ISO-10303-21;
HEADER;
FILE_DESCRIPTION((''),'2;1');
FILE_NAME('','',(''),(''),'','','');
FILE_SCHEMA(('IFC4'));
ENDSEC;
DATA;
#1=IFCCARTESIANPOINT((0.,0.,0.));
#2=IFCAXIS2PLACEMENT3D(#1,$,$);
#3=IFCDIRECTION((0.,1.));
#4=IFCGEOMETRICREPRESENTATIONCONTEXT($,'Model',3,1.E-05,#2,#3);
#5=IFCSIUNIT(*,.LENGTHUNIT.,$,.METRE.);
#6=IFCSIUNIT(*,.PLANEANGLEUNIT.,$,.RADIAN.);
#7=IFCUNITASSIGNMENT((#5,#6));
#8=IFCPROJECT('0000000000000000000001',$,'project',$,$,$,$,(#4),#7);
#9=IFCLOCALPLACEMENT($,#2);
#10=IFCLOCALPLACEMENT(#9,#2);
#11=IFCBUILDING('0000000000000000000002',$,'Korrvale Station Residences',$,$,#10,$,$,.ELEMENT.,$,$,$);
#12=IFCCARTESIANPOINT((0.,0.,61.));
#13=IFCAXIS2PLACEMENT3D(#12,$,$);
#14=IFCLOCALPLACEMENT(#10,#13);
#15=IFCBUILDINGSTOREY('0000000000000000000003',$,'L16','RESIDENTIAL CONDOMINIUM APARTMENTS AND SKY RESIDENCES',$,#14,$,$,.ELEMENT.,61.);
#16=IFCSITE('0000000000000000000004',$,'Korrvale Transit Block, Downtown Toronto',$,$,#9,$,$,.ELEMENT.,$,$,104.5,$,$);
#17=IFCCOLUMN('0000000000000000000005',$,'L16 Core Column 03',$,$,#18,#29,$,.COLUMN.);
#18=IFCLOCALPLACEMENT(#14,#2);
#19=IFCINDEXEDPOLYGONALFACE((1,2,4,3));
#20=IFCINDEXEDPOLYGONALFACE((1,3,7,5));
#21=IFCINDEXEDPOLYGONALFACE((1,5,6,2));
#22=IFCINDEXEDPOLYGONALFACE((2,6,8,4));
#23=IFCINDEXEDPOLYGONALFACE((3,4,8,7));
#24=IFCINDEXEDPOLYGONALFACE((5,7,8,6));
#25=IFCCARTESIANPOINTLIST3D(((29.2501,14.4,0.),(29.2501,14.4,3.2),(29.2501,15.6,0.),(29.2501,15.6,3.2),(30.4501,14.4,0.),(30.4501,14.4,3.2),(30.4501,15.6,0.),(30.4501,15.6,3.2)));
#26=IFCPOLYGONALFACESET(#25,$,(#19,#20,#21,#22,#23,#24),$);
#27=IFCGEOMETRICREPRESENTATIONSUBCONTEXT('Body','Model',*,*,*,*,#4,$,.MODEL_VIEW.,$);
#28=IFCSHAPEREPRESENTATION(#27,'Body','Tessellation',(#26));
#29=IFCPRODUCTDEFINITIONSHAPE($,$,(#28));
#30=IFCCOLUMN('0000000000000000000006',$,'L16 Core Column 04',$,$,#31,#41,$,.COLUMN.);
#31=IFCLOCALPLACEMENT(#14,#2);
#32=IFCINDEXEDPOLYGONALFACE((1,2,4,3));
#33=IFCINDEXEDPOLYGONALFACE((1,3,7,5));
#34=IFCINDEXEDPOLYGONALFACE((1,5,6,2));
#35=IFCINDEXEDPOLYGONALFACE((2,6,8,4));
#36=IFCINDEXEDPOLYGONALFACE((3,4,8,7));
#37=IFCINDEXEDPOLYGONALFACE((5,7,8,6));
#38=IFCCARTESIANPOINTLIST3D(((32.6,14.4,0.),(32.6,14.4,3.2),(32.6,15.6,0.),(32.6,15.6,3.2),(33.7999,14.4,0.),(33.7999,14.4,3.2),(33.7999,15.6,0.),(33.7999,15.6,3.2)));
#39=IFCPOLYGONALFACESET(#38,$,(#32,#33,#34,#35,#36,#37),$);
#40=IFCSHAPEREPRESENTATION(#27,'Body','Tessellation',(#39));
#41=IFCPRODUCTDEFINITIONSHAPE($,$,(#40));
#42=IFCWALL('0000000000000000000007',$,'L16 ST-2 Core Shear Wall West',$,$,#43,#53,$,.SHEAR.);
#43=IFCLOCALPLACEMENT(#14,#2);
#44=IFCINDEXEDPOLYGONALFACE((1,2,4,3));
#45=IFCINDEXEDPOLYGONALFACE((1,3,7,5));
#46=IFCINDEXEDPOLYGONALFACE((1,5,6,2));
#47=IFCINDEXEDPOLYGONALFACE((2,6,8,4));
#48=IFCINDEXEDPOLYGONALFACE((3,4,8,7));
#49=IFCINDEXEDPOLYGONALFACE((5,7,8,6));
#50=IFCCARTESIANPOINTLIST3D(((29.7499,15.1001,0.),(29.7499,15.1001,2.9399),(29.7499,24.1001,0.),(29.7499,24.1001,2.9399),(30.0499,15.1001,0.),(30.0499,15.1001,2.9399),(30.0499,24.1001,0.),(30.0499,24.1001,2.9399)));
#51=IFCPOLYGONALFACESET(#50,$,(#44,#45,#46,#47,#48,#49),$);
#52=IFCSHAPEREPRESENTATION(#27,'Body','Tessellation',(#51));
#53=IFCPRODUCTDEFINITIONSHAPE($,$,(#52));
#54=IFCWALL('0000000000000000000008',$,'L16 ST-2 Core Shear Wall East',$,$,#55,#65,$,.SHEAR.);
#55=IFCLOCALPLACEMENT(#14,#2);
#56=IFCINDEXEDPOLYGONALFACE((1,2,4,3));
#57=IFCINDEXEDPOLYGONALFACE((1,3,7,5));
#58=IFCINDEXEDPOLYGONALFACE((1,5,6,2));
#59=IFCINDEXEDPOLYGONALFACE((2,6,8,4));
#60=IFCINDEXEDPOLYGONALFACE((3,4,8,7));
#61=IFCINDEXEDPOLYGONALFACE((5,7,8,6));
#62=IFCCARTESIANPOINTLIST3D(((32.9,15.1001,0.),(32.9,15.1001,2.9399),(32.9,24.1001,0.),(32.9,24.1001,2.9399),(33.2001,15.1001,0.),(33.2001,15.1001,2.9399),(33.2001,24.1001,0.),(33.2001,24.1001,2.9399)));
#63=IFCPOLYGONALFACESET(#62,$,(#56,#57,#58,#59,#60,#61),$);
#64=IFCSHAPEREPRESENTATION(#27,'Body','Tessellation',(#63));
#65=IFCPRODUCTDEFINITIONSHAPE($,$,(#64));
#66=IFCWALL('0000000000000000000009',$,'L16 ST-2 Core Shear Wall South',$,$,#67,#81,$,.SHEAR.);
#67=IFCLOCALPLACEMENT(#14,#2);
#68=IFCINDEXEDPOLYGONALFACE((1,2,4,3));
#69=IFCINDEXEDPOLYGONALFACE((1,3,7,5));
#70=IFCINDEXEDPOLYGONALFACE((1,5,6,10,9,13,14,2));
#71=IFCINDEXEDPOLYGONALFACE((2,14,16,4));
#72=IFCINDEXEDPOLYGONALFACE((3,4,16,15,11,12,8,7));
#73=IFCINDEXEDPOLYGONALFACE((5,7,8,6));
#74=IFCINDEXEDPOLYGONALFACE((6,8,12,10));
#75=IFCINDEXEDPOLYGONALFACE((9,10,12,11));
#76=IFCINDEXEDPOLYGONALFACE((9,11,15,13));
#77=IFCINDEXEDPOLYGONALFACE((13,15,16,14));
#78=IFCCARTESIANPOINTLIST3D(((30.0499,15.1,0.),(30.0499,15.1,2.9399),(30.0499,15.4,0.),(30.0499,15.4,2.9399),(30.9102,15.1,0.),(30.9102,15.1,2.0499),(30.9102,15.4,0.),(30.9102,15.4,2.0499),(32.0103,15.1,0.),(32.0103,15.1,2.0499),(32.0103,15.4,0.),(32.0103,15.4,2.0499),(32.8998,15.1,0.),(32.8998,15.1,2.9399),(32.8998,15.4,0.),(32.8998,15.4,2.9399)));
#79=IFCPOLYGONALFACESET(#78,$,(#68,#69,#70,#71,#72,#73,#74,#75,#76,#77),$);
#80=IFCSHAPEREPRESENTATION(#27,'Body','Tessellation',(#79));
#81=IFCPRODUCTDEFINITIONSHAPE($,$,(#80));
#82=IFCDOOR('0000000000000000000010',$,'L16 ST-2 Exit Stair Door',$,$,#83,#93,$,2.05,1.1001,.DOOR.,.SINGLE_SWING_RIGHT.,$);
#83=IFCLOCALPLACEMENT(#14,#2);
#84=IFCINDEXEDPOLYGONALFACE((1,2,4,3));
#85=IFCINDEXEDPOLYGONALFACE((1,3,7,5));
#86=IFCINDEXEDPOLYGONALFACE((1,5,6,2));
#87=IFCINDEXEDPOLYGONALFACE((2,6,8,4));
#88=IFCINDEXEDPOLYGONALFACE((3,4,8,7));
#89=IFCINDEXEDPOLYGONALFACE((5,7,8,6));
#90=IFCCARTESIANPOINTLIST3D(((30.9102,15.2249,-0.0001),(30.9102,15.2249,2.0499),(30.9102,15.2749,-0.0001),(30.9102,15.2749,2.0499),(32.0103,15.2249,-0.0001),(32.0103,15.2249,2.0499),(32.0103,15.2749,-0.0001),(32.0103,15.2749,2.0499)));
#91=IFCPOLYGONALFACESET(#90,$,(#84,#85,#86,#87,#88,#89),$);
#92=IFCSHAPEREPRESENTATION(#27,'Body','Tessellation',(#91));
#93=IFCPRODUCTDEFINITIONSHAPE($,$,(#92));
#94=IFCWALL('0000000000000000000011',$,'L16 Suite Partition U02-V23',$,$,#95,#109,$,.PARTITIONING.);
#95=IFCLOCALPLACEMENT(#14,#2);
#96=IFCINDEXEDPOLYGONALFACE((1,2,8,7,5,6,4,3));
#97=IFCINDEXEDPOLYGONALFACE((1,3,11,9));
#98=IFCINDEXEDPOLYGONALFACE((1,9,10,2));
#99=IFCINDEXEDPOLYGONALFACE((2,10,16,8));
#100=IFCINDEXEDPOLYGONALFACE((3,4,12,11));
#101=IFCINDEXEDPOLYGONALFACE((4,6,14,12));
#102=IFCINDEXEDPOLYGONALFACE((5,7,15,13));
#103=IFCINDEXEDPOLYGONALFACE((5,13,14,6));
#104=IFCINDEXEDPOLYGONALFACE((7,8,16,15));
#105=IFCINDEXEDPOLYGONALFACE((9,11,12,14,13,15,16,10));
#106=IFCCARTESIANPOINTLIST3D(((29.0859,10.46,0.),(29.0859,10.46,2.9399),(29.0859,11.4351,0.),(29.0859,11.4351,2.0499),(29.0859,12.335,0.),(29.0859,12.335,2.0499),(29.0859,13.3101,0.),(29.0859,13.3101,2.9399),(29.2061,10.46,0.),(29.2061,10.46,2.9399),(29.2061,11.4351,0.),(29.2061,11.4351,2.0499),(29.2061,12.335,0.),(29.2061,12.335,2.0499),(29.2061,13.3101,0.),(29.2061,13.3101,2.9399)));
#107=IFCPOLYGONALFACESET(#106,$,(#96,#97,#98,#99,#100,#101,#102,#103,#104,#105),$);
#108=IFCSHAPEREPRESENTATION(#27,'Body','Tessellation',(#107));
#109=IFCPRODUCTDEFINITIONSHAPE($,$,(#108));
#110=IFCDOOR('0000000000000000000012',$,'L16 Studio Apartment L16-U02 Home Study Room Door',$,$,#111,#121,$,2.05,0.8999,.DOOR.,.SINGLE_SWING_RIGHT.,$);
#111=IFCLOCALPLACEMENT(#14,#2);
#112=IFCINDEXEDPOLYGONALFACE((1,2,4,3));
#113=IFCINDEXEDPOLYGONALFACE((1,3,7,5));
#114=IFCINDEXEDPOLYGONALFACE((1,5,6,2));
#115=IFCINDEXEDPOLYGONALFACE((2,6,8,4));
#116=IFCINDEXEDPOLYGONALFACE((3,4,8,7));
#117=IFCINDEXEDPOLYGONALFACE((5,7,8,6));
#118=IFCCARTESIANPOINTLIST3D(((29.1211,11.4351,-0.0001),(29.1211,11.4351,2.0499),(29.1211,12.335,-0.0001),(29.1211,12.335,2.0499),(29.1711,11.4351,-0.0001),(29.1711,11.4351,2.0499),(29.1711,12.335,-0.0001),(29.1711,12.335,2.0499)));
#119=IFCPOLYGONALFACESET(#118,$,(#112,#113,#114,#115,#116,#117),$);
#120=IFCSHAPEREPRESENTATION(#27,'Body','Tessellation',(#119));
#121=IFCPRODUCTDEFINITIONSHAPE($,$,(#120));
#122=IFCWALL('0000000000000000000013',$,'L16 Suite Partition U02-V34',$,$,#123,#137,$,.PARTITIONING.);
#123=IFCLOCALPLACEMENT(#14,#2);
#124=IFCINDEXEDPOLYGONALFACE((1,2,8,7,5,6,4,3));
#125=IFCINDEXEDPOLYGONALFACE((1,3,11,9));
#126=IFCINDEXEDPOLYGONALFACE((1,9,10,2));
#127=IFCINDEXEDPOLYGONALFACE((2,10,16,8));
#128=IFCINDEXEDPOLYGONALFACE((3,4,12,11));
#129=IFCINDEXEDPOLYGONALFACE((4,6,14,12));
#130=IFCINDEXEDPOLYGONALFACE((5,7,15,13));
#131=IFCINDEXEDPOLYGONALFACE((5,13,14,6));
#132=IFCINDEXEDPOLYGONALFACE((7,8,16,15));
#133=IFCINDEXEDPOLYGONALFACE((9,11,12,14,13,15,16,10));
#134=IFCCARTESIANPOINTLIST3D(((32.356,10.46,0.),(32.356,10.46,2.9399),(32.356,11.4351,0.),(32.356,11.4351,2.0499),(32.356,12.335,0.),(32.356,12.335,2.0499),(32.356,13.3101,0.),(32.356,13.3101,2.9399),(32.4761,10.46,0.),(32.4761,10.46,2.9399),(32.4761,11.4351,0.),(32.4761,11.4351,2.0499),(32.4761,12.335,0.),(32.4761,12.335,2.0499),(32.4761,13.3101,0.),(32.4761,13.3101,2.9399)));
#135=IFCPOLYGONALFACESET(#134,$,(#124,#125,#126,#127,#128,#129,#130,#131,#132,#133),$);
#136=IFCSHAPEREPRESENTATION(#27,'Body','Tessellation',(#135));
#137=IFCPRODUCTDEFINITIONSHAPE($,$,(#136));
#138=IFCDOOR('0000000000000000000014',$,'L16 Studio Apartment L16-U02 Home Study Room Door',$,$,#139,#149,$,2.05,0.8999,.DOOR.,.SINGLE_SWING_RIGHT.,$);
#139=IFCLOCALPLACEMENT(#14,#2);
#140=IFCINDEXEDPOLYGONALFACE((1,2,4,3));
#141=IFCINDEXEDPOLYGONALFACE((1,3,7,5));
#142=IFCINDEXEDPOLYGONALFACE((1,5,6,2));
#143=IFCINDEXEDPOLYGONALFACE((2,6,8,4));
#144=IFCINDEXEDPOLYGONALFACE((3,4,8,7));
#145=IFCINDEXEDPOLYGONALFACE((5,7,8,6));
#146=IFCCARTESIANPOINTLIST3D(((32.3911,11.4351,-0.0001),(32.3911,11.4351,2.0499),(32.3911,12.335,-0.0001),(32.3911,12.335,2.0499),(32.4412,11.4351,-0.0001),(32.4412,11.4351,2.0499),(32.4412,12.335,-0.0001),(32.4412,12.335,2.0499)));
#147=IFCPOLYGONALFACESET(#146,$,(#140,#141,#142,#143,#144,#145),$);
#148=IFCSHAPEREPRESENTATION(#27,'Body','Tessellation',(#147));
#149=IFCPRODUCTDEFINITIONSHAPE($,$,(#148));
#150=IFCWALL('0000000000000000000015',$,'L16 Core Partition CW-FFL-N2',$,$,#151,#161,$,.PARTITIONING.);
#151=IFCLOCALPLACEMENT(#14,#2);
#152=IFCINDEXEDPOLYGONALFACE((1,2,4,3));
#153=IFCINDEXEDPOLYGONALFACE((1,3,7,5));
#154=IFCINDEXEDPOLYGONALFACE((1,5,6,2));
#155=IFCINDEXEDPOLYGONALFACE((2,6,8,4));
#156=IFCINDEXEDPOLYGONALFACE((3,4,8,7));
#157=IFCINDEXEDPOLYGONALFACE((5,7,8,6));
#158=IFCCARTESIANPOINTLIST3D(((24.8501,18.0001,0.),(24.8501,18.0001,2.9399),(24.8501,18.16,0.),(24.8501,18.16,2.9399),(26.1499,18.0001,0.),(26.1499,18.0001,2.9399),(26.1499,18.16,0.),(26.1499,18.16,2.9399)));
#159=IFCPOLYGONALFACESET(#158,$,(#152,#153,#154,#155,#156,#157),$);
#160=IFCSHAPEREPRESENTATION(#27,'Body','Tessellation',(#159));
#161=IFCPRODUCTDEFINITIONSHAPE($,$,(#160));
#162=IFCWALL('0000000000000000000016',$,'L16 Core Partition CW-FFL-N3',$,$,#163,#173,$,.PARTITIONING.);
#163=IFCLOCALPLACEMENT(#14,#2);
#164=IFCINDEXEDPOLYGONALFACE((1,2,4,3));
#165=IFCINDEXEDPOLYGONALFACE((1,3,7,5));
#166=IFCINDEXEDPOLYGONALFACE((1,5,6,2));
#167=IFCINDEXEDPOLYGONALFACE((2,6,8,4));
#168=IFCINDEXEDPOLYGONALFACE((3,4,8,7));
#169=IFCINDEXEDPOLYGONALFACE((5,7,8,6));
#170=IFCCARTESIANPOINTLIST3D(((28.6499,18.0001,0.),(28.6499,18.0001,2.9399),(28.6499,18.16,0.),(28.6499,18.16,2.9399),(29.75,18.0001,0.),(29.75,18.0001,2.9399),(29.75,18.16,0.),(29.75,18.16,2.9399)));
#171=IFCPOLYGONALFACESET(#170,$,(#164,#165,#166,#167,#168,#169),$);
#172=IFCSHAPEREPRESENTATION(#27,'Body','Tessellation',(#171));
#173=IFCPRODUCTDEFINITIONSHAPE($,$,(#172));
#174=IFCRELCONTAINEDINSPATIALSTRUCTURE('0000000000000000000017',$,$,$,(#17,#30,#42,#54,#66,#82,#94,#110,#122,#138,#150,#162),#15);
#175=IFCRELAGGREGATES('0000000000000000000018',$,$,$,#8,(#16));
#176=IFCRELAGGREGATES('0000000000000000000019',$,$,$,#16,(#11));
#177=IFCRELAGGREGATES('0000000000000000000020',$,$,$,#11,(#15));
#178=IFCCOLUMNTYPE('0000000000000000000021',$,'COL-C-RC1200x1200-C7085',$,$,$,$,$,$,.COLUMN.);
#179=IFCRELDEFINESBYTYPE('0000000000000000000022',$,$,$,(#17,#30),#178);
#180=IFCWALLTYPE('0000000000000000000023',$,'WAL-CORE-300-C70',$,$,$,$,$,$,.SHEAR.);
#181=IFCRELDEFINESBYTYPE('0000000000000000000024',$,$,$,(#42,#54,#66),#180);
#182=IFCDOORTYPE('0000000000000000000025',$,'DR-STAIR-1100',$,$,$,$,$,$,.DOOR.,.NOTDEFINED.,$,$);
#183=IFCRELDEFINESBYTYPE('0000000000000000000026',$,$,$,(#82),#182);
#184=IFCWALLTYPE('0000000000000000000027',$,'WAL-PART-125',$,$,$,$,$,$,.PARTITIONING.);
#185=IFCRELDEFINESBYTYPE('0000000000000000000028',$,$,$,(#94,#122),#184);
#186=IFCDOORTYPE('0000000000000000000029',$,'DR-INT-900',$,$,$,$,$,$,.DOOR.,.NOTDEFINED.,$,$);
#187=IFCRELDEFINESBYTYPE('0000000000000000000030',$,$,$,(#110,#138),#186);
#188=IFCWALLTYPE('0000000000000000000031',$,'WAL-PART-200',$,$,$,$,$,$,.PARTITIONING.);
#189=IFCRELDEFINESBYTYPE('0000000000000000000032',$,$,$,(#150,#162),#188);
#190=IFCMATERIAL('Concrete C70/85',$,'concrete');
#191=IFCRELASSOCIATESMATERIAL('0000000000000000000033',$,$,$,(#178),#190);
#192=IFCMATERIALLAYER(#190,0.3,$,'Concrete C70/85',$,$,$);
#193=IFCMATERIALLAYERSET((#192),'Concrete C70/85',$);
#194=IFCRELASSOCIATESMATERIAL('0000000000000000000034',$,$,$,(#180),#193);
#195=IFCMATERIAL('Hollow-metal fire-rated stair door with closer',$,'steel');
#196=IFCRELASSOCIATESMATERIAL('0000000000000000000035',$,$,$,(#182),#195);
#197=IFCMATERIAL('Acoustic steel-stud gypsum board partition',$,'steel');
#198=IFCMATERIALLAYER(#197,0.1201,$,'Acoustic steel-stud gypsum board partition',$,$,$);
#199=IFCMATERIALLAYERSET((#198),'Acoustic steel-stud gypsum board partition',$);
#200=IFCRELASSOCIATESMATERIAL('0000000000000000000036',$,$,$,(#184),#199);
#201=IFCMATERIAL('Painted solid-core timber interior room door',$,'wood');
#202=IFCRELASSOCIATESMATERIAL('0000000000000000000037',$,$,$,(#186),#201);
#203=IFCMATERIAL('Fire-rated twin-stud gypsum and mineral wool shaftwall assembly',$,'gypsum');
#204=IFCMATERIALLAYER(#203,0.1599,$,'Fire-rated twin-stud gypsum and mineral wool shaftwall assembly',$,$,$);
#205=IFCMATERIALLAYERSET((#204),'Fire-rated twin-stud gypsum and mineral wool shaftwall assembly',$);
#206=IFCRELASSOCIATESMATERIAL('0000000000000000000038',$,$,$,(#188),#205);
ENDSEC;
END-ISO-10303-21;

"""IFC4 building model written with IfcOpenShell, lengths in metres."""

from ifc_helpers import new_model, si_unit, direction, frame, frame_2d, origin, origin_2d, place, context, subcontext, project, spatial, rectangle, extrude, material, layer, layer_set, material_profile, profile_set, type_object, element, fill, save


model = new_model("IFC4")

# Units and contexts
model_context = context("Model", 3, precision=1e-05, world=origin(), true_north=direction((0.0, 1.0)))
body_context = subcontext(model_context, "Body", "Model", "MODEL_VIEW")
ifc_project = project(units=[si_unit("LENGTHUNIT", "METRE"), si_unit("PLANEANGLEUNIT", "RADIAN")], contexts=[model_context])

# Site, building, storey
site_placement = place(None, origin())
site = spatial("IfcSite", under=ifc_project, at=site_placement, Name="Korrvale Transit Block, Downtown Toronto", CompositionType="ELEMENT", RefElevation=104.5)
building_placement = place(site_placement, origin())
building = spatial("IfcBuilding", under=site, at=building_placement, Name="Korrvale Station Residences", CompositionType="ELEMENT")
storey_placement = place(building_placement, frame((0.0, 0.0, 61.0)))
storey = spatial("IfcBuildingStorey", under=building, at=storey_placement, Name="L16", Description="RESIDENTIAL CONDOMINIUM APARTMENTS AND SKY RESIDENCES", CompositionType="ELEMENT", Elevation=61.0)

# Columns
ifc_material_1 = material(Name="Concrete C70/85", Category="concrete")
ifc_material_profile = material_profile(ifc_material_1, rectangle(XDim=1.2, YDim=1.2, at=origin_2d()), Name="RC1200x1200")
ifc_profile_set = profile_set([ifc_material_profile], Name="Concrete C70/85")
column_type = type_object("IfcColumnType", Name="COL-C-RC1200x1200-C7085", PredefinedType="COLUMN", material=ifc_profile_set)
for number, where, z_axis, x_axis, name in (
    (1, (29.8501, 15.0, 0.0), (0.0, 0.0, 1.0), (1.0, 0.0, 0.0), "L16 Core Column 03"),
    (2, (33.2, 15.0, 0.0), (0.0, 0.0, 1.0), (1.0, 0.0, 0.0), "L16 Core Column 04"),
):
    element("IfcColumn", number, at=place(storey_placement, frame(where, z_axis=z_axis, x_axis=x_axis)), inside=storey, type_object=column_type, Name=name, PredefinedType="COLUMN", context=body_context, shape_type="SweptSolid", body=[
        extrude(rectangle(XDim=1.2, YDim=1.2, at=origin_2d()), origin(), (0.0, 0.0, 1.0), 3.2),
    ])

# Walls
ifc_layer_1 = layer(ifc_material_1, 0.3, Name="Concrete C70/85")
ifc_layer_set_1 = layer_set([ifc_layer_1], Name="Concrete C70/85")
wall_type_1 = type_object("IfcWallType", Name="WAL-CORE-300-C70", PredefinedType="SHEAR", material=ifc_layer_set_1)
for number, where, z_axis, x_axis, name in (
    (3, (29.8999, 15.1001, 0.0), (0.0, 0.0, 1.0), (0.0, 1.0, 0.0), "L16 ST-2 Core Shear Wall West"),
    (4, (33.05, 15.1001, 0.0), (0.0, 0.0, 1.0), (0.0, 1.0, 0.0), "L16 ST-2 Core Shear Wall East"),
):
    element("IfcWall", number, at=place(storey_placement, frame(where, z_axis=z_axis, x_axis=x_axis)), inside=storey, type_object=wall_type_1, Name=name, PredefinedType="SHEAR", context=body_context, shape_type="SweptSolid", body=[
        extrude(rectangle(XDim=9.0, YDim=0.3, at=frame_2d((4.5, 0.0))), origin(), (0.0, 0.0, 1.0), 2.9399),
    ])

# Walls, openings, doors
wall_1_placement = place(storey_placement, frame((30.05, 15.25, 0.0), z_axis=(0.0, 0.0, 1.0), x_axis=(1.0, 0.0, 0.0)))
wall_1 = element("IfcWall", 5, at=wall_1_placement, inside=storey, type_object=wall_type_1, Name="L16 ST-2 Core Shear Wall South", PredefinedType="SHEAR", context=body_context, shape_type="SweptSolid", body=[
    extrude(rectangle(XDim=2.8499, YDim=0.3, at=frame_2d((1.4248, 0.0))), origin(), (0.0, 0.0, 1.0), 2.9399),
])
opening_1_placement = place(wall_1_placement, frame((0.8601, 0.0, 0.0)))
opening_1 = element("IfcOpeningElement", 6, at=opening_1_placement, cuts=wall_1, PredefinedType="OPENING", context=body_context, shape_type="SweptSolid", body=[
    extrude(rectangle(XDim=1.1001, YDim=2.05, at=frame_2d((0.55, 1.0249))), frame((0.0, 0.1602, 0.0), z_axis=(0.0, -1.0, 0.0), x_axis=(1.0, 0.0, 0.0)), (0.0, 0.0, 1.0), 0.3201),
])
ifc_material_2 = material(Name="Hollow-metal fire-rated stair door with closer", Category="steel")
door_type_1 = type_object("IfcDoorType", Name="DR-STAIR-1100", OperationType="NOTDEFINED", PredefinedType="DOOR", material=ifc_material_2)
door_1_placement = place(opening_1_placement, origin())
door_1 = element("IfcDoor", 7, at=door_1_placement, inside=storey, type_object=door_type_1, Name="L16 ST-2 Exit Stair Door", OperationType="SINGLE_SWING_RIGHT", OverallHeight=2.05, OverallWidth=1.1001, PredefinedType="DOOR", context=body_context, shape_type="SweptSolid", body=[
    extrude(rectangle(XDim=1.1001, YDim=2.05, at=frame_2d((0.55, 1.0249))), frame((0.0, 0.0249, 0.0), z_axis=(0.0, -1.0, 0.0), x_axis=(1.0, 0.0, 0.0)), (0.0, 0.0, 1.0), 0.05),
])
fill(opening_1, door_1)
ifc_material_3 = material(Name="Acoustic steel-stud gypsum board partition", Category="steel")
ifc_layer_2 = layer(ifc_material_3, 0.1201, Name="Acoustic steel-stud gypsum board partition")
ifc_layer_set_2 = layer_set([ifc_layer_2], Name="Acoustic steel-stud gypsum board partition")
wall_type_2 = type_object("IfcWallType", Name="WAL-PART-125", PredefinedType="PARTITIONING", material=ifc_layer_set_2)
wall_2_placement = place(storey_placement, frame((29.146, 10.46, 0.0), z_axis=(0.0, 0.0, 1.0), x_axis=(0.0, 1.0, 0.0)))
wall_2 = element("IfcWall", 8, at=wall_2_placement, inside=storey, type_object=wall_type_2, Name="L16 Suite Partition U02-V23", PredefinedType="PARTITIONING", context=body_context, shape_type="SweptSolid", body=[
    extrude(rectangle(XDim=2.8501, YDim=0.1201, at=frame_2d((1.425, 0.0))), origin(), (0.0, 0.0, 1.0), 2.9399),
])
opening_2_placement = place(wall_2_placement, frame((0.9751, 0.0, 0.0)))
opening_2 = element("IfcOpeningElement", 9, at=opening_2_placement, cuts=wall_2, PredefinedType="OPENING", context=body_context, shape_type="SweptSolid", body=[
    extrude(rectangle(XDim=0.8999, YDim=2.05, at=frame_2d((0.45, 1.0249))), frame((0.0, 0.0701, 0.0), z_axis=(0.0, -1.0, 0.0), x_axis=(1.0, 0.0, 0.0)), (0.0, 0.0, 1.0), 0.1401),
])
ifc_material_4 = material(Name="Painted solid-core timber interior room door", Category="wood")
door_type_2 = type_object("IfcDoorType", Name="DR-INT-900", OperationType="NOTDEFINED", PredefinedType="DOOR", material=ifc_material_4)
door_2_placement = place(opening_2_placement, origin())
door_2 = element("IfcDoor", 10, at=door_2_placement, inside=storey, type_object=door_type_2, Name="L16 Studio Apartment L16-U02 Home Study Room Door", OperationType="SINGLE_SWING_RIGHT", OverallHeight=2.05, OverallWidth=0.8999, PredefinedType="DOOR", context=body_context, shape_type="SweptSolid", body=[
    extrude(rectangle(XDim=0.8999, YDim=2.05, at=frame_2d((0.45, 1.0249))), frame((0.0, 0.0249, 0.0), z_axis=(0.0, -1.0, 0.0), x_axis=(1.0, 0.0, 0.0)), (0.0, 0.0, 1.0), 0.05),
])
fill(opening_2, door_2)
wall_3_placement = place(storey_placement, frame((32.416, 10.46, 0.0), z_axis=(0.0, 0.0, 1.0), x_axis=(0.0, 1.0, 0.0)))
wall_3 = element("IfcWall", 11, at=wall_3_placement, inside=storey, type_object=wall_type_2, Name="L16 Suite Partition U02-V34", PredefinedType="PARTITIONING", context=body_context, shape_type="SweptSolid", body=[
    extrude(rectangle(XDim=2.8501, YDim=0.1201, at=frame_2d((1.425, 0.0))), origin(), (0.0, 0.0, 1.0), 2.9399),
])
opening_3_placement = place(wall_3_placement, frame((0.9751, 0.0, 0.0)))
opening_3 = element("IfcOpeningElement", 12, at=opening_3_placement, cuts=wall_3, PredefinedType="OPENING", context=body_context, shape_type="SweptSolid", body=[
    extrude(rectangle(XDim=0.8999, YDim=2.05, at=frame_2d((0.45, 1.0249))), frame((0.0, 0.0701, 0.0), z_axis=(0.0, -1.0, 0.0), x_axis=(1.0, 0.0, 0.0)), (0.0, 0.0, 1.0), 0.1401),
])
door_3_placement = place(opening_3_placement, origin())
door_3 = element("IfcDoor", 13, at=door_3_placement, inside=storey, type_object=door_type_2, Name="L16 Studio Apartment L16-U02 Home Study Room Door", OperationType="SINGLE_SWING_RIGHT", OverallHeight=2.05, OverallWidth=0.8999, PredefinedType="DOOR", context=body_context, shape_type="SweptSolid", body=[
    extrude(rectangle(XDim=0.8999, YDim=2.05, at=frame_2d((0.45, 1.0249))), frame((0.0, 0.0249, 0.0), z_axis=(0.0, -1.0, 0.0), x_axis=(1.0, 0.0, 0.0)), (0.0, 0.0, 1.0), 0.05),
])
fill(opening_3, door_3)

# Walls
ifc_material_5 = material(Name="Fire-rated twin-stud gypsum and mineral wool shaftwall assembly", Category="gypsum")
ifc_layer_3 = layer(ifc_material_5, 0.1599, Name="Fire-rated twin-stud gypsum and mineral wool shaftwall assembly")
ifc_layer_set_3 = layer_set([ifc_layer_3], Name="Fire-rated twin-stud gypsum and mineral wool shaftwall assembly")
wall_type_3 = type_object("IfcWallType", Name="WAL-PART-200", PredefinedType="PARTITIONING", material=ifc_layer_set_3)
wall_4_placement = place(storey_placement, frame((24.8501, 18.0801, 0.0), z_axis=(0.0, 0.0, 1.0), x_axis=(1.0, 0.0, 0.0)))
element("IfcWall", 14, at=wall_4_placement, inside=storey, type_object=wall_type_3, Name="L16 Core Partition CW-FFL-N2", PredefinedType="PARTITIONING", context=body_context, shape_type="SweptSolid", body=[
    extrude(rectangle(XDim=1.2998, YDim=0.1599, at=frame_2d((0.6499, 0.0))), origin(), (0.0, 0.0, 1.0), 2.9399),
])
wall_5_placement = place(storey_placement, frame((28.6499, 18.0801, 0.0), z_axis=(0.0, 0.0, 1.0), x_axis=(1.0, 0.0, 0.0)))
element("IfcWall", 15, at=wall_5_placement, inside=storey, type_object=wall_type_3, Name="L16 Core Partition CW-FFL-N3", PredefinedType="PARTITIONING", context=body_context, shape_type="SweptSolid", body=[
    extrude(rectangle(XDim=1.1001, YDim=0.1599, at=frame_2d((0.55, 0.0))), origin(), (0.0, 0.0, 1.0), 2.9399),
])

save(model, "model.ifc")
